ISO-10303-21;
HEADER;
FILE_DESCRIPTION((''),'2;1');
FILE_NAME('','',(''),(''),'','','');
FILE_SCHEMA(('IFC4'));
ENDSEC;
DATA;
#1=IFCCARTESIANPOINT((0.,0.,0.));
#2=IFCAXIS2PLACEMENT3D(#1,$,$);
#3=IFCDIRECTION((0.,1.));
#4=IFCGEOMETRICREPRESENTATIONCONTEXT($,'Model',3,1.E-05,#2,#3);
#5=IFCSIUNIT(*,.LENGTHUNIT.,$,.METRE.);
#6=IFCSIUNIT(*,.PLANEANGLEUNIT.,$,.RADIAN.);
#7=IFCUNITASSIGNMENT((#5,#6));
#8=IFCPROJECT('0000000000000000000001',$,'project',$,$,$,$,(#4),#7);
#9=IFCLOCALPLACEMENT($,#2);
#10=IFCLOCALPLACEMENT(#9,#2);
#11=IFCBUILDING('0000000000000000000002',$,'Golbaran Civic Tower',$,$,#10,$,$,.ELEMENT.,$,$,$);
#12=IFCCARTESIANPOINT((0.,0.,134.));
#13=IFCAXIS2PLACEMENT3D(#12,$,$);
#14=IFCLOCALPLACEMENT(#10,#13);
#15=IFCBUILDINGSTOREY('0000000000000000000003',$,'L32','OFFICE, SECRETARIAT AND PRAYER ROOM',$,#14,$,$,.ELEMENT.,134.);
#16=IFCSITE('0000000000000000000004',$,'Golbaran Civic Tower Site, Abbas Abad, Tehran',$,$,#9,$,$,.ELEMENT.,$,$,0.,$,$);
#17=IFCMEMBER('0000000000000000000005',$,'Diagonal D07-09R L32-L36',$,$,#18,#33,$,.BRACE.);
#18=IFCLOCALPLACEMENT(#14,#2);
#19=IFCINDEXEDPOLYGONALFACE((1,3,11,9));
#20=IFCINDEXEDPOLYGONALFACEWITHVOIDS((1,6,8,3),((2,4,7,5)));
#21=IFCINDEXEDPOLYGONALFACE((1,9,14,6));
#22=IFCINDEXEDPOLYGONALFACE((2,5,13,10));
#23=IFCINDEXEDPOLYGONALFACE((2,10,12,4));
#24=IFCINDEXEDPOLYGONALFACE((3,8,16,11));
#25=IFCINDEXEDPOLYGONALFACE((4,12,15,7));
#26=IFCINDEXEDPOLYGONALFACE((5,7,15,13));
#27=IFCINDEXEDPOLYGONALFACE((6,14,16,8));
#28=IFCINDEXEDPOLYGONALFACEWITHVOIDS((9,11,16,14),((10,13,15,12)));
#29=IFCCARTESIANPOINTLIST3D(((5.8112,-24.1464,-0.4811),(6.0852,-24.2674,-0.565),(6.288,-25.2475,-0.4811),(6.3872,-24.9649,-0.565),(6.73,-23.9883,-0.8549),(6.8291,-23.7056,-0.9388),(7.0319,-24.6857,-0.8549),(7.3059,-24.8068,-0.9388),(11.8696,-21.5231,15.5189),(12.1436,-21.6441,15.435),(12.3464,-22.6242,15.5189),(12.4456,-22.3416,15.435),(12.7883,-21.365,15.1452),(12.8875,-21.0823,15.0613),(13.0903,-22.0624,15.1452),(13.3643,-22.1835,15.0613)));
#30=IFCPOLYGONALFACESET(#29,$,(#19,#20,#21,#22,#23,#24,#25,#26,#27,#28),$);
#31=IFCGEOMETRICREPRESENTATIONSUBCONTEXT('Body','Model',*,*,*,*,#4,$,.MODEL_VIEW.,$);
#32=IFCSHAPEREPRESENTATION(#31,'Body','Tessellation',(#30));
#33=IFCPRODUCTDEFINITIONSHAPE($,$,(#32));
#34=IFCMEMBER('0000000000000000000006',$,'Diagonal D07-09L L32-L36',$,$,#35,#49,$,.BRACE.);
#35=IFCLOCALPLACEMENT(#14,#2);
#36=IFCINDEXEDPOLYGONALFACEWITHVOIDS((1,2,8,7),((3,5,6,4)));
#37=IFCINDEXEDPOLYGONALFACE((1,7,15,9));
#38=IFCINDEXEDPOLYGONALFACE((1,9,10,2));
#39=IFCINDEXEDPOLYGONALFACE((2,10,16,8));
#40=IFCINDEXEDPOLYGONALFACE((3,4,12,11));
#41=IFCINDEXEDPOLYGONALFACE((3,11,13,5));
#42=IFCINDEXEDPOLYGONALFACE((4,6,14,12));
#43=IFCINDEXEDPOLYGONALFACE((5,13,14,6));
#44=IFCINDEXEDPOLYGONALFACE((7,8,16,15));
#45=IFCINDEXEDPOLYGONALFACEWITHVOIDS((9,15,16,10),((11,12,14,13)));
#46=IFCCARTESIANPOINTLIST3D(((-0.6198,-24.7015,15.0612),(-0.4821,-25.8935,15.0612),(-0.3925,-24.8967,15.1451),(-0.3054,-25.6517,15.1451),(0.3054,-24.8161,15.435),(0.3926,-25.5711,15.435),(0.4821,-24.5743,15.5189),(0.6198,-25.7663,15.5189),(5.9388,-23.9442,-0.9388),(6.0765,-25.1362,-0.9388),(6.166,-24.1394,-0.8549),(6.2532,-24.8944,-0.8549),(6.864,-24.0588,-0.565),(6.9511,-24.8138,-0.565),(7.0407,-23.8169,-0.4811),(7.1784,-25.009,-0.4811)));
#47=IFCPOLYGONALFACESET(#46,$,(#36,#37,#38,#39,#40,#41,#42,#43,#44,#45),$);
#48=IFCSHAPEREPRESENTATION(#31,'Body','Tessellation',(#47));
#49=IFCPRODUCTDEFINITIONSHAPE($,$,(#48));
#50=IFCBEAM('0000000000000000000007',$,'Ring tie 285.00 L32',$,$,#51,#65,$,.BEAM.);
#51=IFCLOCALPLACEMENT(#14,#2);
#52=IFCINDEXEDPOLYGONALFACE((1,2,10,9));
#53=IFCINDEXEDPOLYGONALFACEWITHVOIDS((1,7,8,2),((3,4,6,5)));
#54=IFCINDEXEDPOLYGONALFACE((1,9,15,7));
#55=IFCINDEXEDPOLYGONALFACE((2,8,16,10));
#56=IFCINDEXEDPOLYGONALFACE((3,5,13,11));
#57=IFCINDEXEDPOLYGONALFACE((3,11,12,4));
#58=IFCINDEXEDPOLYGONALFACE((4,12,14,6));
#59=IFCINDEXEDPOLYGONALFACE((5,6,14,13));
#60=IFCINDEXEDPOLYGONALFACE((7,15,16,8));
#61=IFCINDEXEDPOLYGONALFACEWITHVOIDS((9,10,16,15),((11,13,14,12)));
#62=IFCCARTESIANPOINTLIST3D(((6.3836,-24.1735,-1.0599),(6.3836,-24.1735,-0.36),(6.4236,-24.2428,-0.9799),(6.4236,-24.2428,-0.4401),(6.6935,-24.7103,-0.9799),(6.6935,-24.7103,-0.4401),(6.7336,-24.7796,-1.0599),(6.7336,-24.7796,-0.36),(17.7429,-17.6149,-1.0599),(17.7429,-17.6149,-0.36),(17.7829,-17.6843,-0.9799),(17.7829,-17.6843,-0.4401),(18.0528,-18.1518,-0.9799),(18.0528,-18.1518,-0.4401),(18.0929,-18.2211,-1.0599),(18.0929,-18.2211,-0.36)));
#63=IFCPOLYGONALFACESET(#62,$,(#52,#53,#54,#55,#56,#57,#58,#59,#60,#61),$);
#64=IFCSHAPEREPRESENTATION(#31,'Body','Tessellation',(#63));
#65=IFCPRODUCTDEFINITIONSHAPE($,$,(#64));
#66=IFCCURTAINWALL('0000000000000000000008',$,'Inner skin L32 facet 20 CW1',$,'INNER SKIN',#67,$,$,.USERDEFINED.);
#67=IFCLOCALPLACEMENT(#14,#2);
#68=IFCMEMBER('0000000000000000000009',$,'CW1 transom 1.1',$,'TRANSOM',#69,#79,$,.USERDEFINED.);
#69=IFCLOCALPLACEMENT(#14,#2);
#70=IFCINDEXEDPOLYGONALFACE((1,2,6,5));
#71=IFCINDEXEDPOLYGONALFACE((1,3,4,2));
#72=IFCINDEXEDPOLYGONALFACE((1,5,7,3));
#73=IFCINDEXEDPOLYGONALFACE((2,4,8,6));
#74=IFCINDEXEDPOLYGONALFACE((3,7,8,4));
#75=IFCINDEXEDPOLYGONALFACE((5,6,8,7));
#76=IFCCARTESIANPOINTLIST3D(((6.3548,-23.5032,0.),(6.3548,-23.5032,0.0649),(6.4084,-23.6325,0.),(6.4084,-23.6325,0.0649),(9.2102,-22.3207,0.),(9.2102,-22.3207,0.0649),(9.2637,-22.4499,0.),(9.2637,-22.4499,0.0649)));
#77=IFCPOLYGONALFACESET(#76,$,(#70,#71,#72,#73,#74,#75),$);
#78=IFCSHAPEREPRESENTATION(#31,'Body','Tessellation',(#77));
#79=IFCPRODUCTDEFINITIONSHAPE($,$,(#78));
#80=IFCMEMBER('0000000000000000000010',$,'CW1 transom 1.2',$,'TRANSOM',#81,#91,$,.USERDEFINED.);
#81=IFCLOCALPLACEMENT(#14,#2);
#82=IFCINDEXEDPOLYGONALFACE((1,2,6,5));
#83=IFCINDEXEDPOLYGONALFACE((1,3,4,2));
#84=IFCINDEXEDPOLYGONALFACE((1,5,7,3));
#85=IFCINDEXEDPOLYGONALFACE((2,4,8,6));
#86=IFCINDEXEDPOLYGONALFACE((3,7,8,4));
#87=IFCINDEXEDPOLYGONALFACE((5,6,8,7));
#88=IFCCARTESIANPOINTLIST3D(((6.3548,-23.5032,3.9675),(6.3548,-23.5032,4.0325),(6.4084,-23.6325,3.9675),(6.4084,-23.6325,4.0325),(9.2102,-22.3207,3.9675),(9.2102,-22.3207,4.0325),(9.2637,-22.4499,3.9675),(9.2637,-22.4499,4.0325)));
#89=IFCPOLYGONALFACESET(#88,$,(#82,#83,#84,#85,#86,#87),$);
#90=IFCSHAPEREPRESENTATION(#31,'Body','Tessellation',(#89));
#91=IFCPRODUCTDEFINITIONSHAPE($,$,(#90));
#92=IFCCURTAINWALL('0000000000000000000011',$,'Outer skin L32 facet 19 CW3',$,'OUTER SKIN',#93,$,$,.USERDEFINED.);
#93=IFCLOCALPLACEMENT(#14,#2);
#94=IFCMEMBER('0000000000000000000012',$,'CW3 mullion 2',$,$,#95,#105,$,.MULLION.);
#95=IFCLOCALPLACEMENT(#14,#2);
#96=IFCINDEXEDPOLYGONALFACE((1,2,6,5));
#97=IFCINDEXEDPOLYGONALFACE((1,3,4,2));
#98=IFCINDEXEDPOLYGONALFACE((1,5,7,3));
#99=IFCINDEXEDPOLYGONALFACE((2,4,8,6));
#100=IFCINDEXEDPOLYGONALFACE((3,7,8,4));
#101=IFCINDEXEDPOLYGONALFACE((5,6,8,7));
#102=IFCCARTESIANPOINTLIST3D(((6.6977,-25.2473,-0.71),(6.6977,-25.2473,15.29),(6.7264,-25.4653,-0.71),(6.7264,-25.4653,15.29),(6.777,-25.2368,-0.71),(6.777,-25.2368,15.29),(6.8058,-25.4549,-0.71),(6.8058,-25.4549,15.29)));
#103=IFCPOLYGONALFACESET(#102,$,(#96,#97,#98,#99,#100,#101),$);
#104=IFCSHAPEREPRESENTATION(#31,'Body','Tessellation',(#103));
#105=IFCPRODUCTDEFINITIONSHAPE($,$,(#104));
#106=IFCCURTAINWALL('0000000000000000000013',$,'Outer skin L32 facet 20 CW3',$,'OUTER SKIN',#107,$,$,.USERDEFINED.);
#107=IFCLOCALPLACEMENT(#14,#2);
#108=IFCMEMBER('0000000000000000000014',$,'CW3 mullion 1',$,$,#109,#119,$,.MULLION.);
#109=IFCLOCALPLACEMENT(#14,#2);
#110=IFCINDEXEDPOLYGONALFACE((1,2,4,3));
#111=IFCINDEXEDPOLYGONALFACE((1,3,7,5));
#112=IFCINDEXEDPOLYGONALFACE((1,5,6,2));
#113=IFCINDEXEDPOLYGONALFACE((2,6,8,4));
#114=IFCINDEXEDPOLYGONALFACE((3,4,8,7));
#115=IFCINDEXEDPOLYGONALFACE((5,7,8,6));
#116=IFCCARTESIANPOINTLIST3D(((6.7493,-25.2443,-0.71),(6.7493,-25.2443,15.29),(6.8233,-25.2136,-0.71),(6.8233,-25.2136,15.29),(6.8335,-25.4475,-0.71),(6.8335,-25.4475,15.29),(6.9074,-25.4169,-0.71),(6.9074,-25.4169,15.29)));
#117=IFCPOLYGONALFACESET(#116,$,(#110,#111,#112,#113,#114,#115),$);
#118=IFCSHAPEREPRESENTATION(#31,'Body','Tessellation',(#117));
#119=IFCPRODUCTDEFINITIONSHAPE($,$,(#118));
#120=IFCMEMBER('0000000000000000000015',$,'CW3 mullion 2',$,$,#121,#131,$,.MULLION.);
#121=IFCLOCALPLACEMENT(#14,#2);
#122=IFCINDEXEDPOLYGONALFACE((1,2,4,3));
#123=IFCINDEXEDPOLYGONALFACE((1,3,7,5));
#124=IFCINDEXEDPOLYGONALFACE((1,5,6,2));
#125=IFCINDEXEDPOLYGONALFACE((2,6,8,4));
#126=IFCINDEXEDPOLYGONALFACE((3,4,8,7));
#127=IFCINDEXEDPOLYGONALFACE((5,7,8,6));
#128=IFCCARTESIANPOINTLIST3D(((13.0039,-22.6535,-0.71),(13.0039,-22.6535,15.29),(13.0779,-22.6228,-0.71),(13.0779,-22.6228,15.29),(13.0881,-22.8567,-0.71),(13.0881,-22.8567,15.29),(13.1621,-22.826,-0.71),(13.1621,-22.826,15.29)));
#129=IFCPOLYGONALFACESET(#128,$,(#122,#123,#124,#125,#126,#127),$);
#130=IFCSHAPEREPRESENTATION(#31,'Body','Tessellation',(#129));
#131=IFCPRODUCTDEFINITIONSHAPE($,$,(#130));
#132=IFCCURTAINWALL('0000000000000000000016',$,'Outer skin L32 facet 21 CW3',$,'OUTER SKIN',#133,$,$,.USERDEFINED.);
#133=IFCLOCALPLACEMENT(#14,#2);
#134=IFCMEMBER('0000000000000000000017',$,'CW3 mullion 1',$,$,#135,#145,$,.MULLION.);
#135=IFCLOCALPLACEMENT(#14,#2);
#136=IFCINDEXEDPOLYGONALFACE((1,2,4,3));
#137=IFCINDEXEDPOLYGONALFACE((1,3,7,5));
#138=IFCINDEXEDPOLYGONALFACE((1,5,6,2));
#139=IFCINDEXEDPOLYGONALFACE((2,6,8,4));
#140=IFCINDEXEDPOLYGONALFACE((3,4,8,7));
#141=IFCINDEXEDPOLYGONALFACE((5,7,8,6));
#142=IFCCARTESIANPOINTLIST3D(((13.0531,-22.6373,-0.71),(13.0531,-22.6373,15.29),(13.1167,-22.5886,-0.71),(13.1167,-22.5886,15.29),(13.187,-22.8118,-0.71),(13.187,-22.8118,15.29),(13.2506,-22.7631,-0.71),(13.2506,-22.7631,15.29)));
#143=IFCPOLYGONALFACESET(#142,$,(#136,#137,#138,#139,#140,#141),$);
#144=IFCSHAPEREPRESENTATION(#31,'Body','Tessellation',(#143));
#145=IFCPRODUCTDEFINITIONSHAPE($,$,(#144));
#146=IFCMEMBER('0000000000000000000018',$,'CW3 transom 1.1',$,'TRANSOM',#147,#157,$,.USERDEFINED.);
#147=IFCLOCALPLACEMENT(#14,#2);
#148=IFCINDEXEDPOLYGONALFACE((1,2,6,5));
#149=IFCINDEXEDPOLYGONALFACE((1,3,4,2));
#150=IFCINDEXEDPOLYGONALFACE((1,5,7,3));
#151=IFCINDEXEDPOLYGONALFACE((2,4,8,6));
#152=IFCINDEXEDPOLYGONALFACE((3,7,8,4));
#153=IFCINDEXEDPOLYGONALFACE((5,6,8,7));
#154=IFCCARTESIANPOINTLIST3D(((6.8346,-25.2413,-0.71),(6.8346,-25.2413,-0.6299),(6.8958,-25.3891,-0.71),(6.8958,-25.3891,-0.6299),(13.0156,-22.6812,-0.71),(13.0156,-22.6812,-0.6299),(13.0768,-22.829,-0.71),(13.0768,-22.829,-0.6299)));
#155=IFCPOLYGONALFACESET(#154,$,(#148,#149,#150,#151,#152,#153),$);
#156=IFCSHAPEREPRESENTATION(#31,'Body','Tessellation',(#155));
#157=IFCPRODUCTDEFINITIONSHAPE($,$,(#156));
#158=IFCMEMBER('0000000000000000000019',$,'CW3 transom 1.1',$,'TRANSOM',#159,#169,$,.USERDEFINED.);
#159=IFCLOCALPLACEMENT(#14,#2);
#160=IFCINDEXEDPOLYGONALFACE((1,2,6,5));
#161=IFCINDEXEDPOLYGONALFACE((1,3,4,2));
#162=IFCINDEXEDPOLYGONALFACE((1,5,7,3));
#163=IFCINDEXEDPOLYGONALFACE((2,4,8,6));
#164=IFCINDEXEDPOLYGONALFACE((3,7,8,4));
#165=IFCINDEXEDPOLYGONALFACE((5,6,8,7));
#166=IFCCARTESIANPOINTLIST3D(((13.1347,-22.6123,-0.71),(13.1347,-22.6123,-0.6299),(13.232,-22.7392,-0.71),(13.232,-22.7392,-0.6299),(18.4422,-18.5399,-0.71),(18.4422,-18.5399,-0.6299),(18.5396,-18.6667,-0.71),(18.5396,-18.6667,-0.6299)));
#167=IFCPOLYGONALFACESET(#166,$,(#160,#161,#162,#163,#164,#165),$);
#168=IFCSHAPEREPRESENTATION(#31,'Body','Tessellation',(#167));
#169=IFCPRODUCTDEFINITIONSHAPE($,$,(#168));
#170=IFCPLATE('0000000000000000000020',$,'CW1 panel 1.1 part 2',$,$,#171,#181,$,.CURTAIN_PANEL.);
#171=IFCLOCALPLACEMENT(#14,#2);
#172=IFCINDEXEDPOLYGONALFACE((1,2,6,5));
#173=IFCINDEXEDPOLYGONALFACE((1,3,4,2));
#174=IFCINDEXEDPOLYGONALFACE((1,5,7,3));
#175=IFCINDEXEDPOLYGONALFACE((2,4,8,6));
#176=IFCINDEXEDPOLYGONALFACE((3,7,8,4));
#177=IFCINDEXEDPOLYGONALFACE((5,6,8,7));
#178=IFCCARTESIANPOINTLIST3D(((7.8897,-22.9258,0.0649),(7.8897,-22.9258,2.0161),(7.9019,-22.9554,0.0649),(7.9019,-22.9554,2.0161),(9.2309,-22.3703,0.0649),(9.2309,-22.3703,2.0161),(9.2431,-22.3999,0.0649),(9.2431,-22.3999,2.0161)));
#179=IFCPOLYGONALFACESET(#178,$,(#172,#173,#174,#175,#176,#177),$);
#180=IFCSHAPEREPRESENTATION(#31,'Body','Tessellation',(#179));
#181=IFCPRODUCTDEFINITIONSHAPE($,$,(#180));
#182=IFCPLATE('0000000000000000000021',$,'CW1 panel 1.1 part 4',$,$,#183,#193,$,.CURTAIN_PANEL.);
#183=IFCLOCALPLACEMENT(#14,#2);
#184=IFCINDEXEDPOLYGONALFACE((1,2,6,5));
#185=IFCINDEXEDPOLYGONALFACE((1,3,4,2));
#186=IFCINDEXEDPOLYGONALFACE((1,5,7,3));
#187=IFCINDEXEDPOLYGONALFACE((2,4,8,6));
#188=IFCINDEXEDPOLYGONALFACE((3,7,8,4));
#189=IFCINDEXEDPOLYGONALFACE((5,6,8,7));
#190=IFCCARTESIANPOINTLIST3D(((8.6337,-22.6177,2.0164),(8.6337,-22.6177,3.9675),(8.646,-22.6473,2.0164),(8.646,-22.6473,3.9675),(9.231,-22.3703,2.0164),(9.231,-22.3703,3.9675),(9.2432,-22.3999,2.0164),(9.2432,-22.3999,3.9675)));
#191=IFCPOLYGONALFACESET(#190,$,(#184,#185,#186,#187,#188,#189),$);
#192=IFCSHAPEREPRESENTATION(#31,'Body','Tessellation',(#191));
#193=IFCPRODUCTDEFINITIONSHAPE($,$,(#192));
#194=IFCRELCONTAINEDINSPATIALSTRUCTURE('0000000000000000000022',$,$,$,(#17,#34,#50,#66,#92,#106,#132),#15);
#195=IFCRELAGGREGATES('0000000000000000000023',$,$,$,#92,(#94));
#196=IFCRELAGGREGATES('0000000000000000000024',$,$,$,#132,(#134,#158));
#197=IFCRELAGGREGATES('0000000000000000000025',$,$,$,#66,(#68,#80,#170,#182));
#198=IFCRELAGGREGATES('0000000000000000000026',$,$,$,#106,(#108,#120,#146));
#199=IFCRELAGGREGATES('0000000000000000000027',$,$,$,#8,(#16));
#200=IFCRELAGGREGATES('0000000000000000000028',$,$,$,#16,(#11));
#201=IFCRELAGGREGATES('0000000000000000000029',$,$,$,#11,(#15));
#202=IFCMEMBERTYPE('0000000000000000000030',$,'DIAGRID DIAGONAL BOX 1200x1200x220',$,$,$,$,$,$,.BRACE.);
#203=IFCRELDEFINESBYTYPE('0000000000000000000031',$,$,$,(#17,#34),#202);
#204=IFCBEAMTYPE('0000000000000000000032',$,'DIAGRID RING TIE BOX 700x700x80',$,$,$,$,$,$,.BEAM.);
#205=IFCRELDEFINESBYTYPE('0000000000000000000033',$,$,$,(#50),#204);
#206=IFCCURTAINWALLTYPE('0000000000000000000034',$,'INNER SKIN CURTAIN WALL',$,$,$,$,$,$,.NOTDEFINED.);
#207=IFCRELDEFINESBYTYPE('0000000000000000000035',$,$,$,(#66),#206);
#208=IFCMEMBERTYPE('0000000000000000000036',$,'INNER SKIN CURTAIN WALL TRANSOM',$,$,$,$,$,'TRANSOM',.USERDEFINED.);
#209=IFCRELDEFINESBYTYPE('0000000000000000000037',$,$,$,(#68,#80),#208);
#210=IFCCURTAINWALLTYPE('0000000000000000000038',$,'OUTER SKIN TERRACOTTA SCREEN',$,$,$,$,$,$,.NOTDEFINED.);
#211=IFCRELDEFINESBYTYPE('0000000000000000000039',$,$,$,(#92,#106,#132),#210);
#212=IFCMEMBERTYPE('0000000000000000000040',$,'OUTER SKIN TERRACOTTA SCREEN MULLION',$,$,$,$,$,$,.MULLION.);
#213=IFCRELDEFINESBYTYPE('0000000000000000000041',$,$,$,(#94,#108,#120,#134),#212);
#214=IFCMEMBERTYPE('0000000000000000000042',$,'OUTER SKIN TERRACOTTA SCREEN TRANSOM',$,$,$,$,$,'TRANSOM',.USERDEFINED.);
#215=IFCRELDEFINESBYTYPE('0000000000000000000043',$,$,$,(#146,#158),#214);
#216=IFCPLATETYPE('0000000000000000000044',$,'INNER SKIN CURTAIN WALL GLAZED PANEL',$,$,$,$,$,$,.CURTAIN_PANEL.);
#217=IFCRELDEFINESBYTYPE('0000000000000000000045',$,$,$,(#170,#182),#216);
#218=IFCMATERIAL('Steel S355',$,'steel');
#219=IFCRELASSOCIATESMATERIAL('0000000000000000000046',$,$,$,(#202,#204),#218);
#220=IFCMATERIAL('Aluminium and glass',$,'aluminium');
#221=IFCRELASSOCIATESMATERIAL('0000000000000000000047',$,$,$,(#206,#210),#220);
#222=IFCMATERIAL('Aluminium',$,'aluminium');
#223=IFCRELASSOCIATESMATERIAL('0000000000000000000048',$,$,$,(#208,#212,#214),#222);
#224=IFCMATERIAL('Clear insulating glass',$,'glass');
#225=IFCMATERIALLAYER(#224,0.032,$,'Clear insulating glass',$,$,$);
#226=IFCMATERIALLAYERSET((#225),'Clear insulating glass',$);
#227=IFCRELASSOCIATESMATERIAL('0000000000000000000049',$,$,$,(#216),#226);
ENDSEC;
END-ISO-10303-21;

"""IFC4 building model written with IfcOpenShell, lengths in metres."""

from ifc_helpers import new_model, si_unit, direction, frame, origin, origin_2d, place, context, subcontext, project, spatial, rectangle, hollow_rectangle, extrude, material, layer, layer_set, material_profile, profile_set, type_object, element, aggregate, save


model = new_model("IFC4")

# Units and contexts
model_context = context("Model", 3, precision=1e-05, world=origin(), true_north=direction((0.0, 1.0)))
body_context = subcontext(model_context, "Body", "Model", "MODEL_VIEW")
ifc_project = project(units=[si_unit("LENGTHUNIT", "METRE"), si_unit("PLANEANGLEUNIT", "RADIAN")], contexts=[model_context])

# Site, building, storey
site_placement = place(None, origin())
site = spatial("IfcSite", under=ifc_project, at=site_placement, Name="Golbaran Civic Tower Site, Abbas Abad, Tehran", CompositionType="ELEMENT", RefElevation=0.0)
building_placement = place(site_placement, origin())
building = spatial("IfcBuilding", under=site, at=building_placement, Name="Golbaran Civic Tower", CompositionType="ELEMENT")
storey_placement = place(building_placement, frame((0.0, 0.0, 134.0)))
storey = spatial("IfcBuildingStorey", under=building, at=storey_placement, Name="L32", Description="OFFICE, SECRETARIAT AND PRAYER ROOM", CompositionType="ELEMENT", Elevation=134.0)

# Members
ifc_material_1 = material(Name="Steel S355", Category="steel")
ifc_material_profile_1 = material_profile(ifc_material_1, hollow_rectangle(XDim=1.2, YDim=1.2, WallThickness=0.22, at=origin_2d()), Name="BOX 1200x1200x220")
ifc_profile_set_1 = profile_set([ifc_material_profile_1], Name="Steel S355")
member_type_1 = type_object("IfcMemberType", Name="DIAGRID DIAGONAL BOX 1200x1200x220", PredefinedType="BRACE", material=ifc_profile_set_1)
for number, where, z_axis, x_axis, name in (
    (1, (6.5586, -24.4766, -0.71), (0.350021, 0.151561, 0.9244), (-0.397353, 0.917666, 0.0), "Diagonal D07-09R L32-L36"),
    (2, (6.5586, -24.4766, -0.71), (-0.37892, -0.043754, 0.924394), (0.114708, -0.993399, 0.0), "Diagonal D07-09L L32-L36"),
):
    element("IfcMember", number, at=place(storey_placement, frame(where, z_axis=z_axis, x_axis=x_axis)), inside=storey, type_object=member_type_1, Name=name, PredefinedType="BRACE", context=body_context, shape_type="SweptSolid", body=[
        extrude(hollow_rectangle(XDim=1.2, YDim=1.2, WallThickness=0.22, at=origin_2d()), origin(), (0.0, 0.0, 1.0), 17.3086),
    ])

# Beam
ifc_material_profile_2 = material_profile(ifc_material_1, hollow_rectangle(XDim=0.7, YDim=0.7, WallThickness=0.0801, at=origin_2d()), Name="BOX 700x700x80")
ifc_profile_set_2 = profile_set([ifc_material_profile_2], Name="Steel S355")
beam_type = type_object("IfcBeamType", Name="DIAGRID RING TIE BOX 700x700x80", PredefinedType="BEAM", material=ifc_profile_set_2)
beam_placement = place(storey_placement, frame((6.5586, -24.4766, -0.71), z_axis=(0.866017, 0.500015, 0.0), x_axis=(-0.500015, 0.866017, 0.0)))
element("IfcBeam", 3, at=beam_placement, inside=storey, type_object=beam_type, Name="Ring tie 285.00 L32", PredefinedType="BEAM", context=body_context, shape_type="SweptSolid", body=[
    extrude(hollow_rectangle(XDim=0.7, YDim=0.7, WallThickness=0.0801, at=origin_2d()), origin(), (0.0, 0.0, 1.0), 13.1167),
])

# Curtain wall, members
ifc_material_2 = material(Name="Aluminium and glass", Category="aluminium")
curtain_wall_type_1 = type_object("IfcCurtainWallType", Name="INNER SKIN CURTAIN WALL", PredefinedType="NOTDEFINED", material=ifc_material_2)
curtain_wall_1_placement = place(storey_placement, origin())
curtain_wall_1 = element("IfcCurtainWall", 4, at=curtain_wall_1_placement, inside=storey, type_object=curtain_wall_type_1, Name="Inner skin L32 facet 20 CW1", ObjectType="INNER SKIN", PredefinedType="USERDEFINED")
ifc_material_3 = material(Name="Aluminium", Category="aluminium")
ifc_material_profile_3 = material_profile(ifc_material_3, rectangle(XDim=0.1399, YDim=0.0649, at=origin_2d()), Name="INNER SKIN CURTAIN WALL TRANSOM")
ifc_profile_set_3 = profile_set([ifc_material_profile_3], Name="Aluminium")
member_type_2 = type_object("IfcMemberType", Name="INNER SKIN CURTAIN WALL TRANSOM", ElementType="TRANSOM", PredefinedType="USERDEFINED", material=ifc_profile_set_3)
member_1_placement = place(storey_placement, frame((6.3816, -23.5679, 0.0325), z_axis=(0.923897, 0.38264, 0.0), x_axis=(-0.38264, 0.923897, 0.0)))
member_1 = element("IfcMember", 5, at=member_1_placement, type_object=member_type_2, Name="CW1 transom 1.1", ObjectType="TRANSOM", PredefinedType="USERDEFINED", context=body_context, shape_type="SweptSolid", body=[
    extrude(rectangle(XDim=0.1399, YDim=0.0649, at=origin_2d()), origin(), (0.0, 0.0, 1.0), 3.0906),
])
member_2_placement = place(storey_placement, frame((6.3816, -23.5679, 4.0), z_axis=(0.923897, 0.38264, 0.0), x_axis=(-0.38264, 0.923897, 0.0)))
member_2 = element("IfcMember", 6, at=member_2_placement, type_object=member_type_2, Name="CW1 transom 1.2", ObjectType="TRANSOM", PredefinedType="USERDEFINED", context=body_context, shape_type="SweptSolid", body=[
    extrude(rectangle(XDim=0.1399, YDim=0.0649, at=origin_2d()), origin(), (0.0, 0.0, 1.0), 3.0906),
])

# Curtain wall, member
curtain_wall_type_2 = type_object("IfcCurtainWallType", Name="OUTER SKIN TERRACOTTA SCREEN", PredefinedType="NOTDEFINED", material=ifc_material_2)
curtain_wall_2_placement = place(storey_placement, origin())
curtain_wall_2 = element("IfcCurtainWall", 7, at=curtain_wall_2_placement, inside=storey, type_object=curtain_wall_type_2, Name="Outer skin L32 facet 19 CW3", ObjectType="OUTER SKIN", PredefinedType="USERDEFINED")
ifc_material_profile_4 = material_profile(ifc_material_3, rectangle(XDim=0.22, YDim=0.0801, at=origin_2d()), Name="OUTER SKIN TERRACOTTA SCREEN MULLION")
ifc_profile_set_4 = profile_set([ifc_material_profile_4], Name="Aluminium")
member_type_3 = type_object("IfcMemberType", Name="OUTER SKIN TERRACOTTA SCREEN MULLION", PredefinedType="MULLION", material=ifc_profile_set_4)
member_3_placement = place(storey_placement, frame((6.7517, -25.3511, -0.71), z_axis=(0.0, 0.0, 1.0), x_axis=(-0.130526, 0.991445, 0.0)))
member_3 = element("IfcMember", 8, at=member_3_placement, type_object=member_type_3, Name="CW3 mullion 2", PredefinedType="MULLION", context=body_context, shape_type="SweptSolid", body=[
    extrude(rectangle(XDim=0.22, YDim=0.0801, at=origin_2d()), origin(), (0.0, 0.0, 1.0), 16.0),
])
aggregate(curtain_wall_2, [member_3])

# Curtain wall, members
curtain_wall_3_placement = place(storey_placement, origin())
curtain_wall_3 = element("IfcCurtainWall", 9, at=curtain_wall_3_placement, inside=storey, type_object=curtain_wall_type_2, Name="Outer skin L32 facet 20 CW3", ObjectType="OUTER SKIN", PredefinedType="USERDEFINED")
member_4_placement = place(storey_placement, frame((6.8284, -25.3306, -0.71), z_axis=(0.0, 0.0, 1.0), x_axis=(-0.382683, 0.92388, 0.0)))
member_4 = element("IfcMember", 10, at=member_4_placement, type_object=member_type_3, Name="CW3 mullion 1", PredefinedType="MULLION", context=body_context, shape_type="SweptSolid", body=[
    extrude(rectangle(XDim=0.22, YDim=0.0801, at=origin_2d()), origin(), (0.0, 0.0, 1.0), 16.0),
])
member_5_placement = place(storey_placement, frame((13.083, -22.7397, -0.71), z_axis=(0.0, 0.0, 1.0), x_axis=(-0.382683, 0.92388, 0.0)))
member_5 = element("IfcMember", 11, at=member_5_placement, type_object=member_type_3, Name="CW3 mullion 2", PredefinedType="MULLION", context=body_context, shape_type="SweptSolid", body=[
    extrude(rectangle(XDim=0.22, YDim=0.0801, at=origin_2d()), origin(), (0.0, 0.0, 1.0), 16.0),
])

# Curtain wall, member
curtain_wall_4_placement = place(storey_placement, origin())
curtain_wall_4 = element("IfcCurtainWall", 12, at=curtain_wall_4_placement, inside=storey, type_object=curtain_wall_type_2, Name="Outer skin L32 facet 21 CW3", ObjectType="OUTER SKIN", PredefinedType="USERDEFINED")
member_6_placement = place(storey_placement, frame((13.1519, -22.7002, -0.71), z_axis=(0.0, 0.0, 1.0), x_axis=(-0.608761, 0.793353, 0.0)))
member_6 = element("IfcMember", 13, at=member_6_placement, type_object=member_type_3, Name="CW3 mullion 1", PredefinedType="MULLION", context=body_context, shape_type="SweptSolid", body=[
    extrude(rectangle(XDim=0.22, YDim=0.0801, at=origin_2d()), origin(), (0.0, 0.0, 1.0), 16.0),
])

# Members
ifc_material_profile_5 = material_profile(ifc_material_3, rectangle(XDim=0.1599, YDim=0.0801, at=origin_2d()), Name="OUTER SKIN TERRACOTTA SCREEN TRANSOM")
ifc_profile_set_5 = profile_set([ifc_material_profile_5], Name="Aluminium")
member_type_4 = type_object("IfcMemberType", Name="OUTER SKIN TERRACOTTA SCREEN TRANSOM", ElementType="TRANSOM", PredefinedType="USERDEFINED", material=ifc_profile_set_5)
member_7_placement = place(storey_placement, frame((6.8652, -25.3152, -0.6699), z_axis=(0.923888, 0.382663, 0.0), x_axis=(-0.382663, 0.923888, 0.0)))
member_7 = element("IfcMember", 14, at=member_7_placement, type_object=member_type_4, Name="CW3 transom 1.1", ObjectType="TRANSOM", PredefinedType="USERDEFINED", context=body_context, shape_type="SweptSolid", body=[
    extrude(rectangle(XDim=0.1599, YDim=0.0801, at=origin_2d()), origin(), (0.0, 0.0, 1.0), 6.6902),
])
member_8_placement = place(storey_placement, frame((13.1833, -22.6758, -0.6699), z_axis=(0.793365, 0.608746, 0.0), x_axis=(-0.608746, 0.793365, 0.0)))
member_8 = element("IfcMember", 15, at=member_8_placement, type_object=member_type_4, Name="CW3 transom 1.1", ObjectType="TRANSOM", PredefinedType="USERDEFINED", context=body_context, shape_type="SweptSolid", body=[
    extrude(rectangle(XDim=0.1599, YDim=0.0801, at=origin_2d()), origin(), (0.0, 0.0, 1.0), 6.6899),
])
aggregate(curtain_wall_4, [member_6, member_8])

# Plates
ifc_material_4 = material(Name="Clear insulating glass", Category="glass")
ifc_layer_1 = layer(ifc_material_4, 0.032, Name="Clear insulating glass")
ifc_layer_set_1 = layer_set([ifc_layer_1], Name="Clear insulating glass")
plate_type_1 = type_object("IfcPlateType", Name="INNER SKIN CURTAIN WALL GLAZED PANEL", PredefinedType="CURTAIN_PANEL", material=ifc_layer_set_1)
plate_1_placement = place(storey_placement, frame((8.5664, -22.6628, 0.0649), z_axis=(0.0, 0.0, 1.0), x_axis=(0.92388, 0.382683, 0.0)))
plate_1 = element("IfcPlate", 16, at=plate_1_placement, type_object=plate_type_1, Name="CW1 panel 1.1 part 2", PredefinedType="CURTAIN_PANEL", context=body_context, shape_type="SweptSolid", body=[
    extrude(rectangle(XDim=1.4517, YDim=0.032, at=origin_2d()), origin(), (0.0, 0.0, 1.0), 1.9512),
])
plate_2_placement = place(storey_placement, frame((8.9385, -22.5088, 2.0164), z_axis=(0.0, 0.0, 1.0), x_axis=(0.92388, 0.382683, 0.0)))
plate_2 = element("IfcPlate", 17, at=plate_2_placement, type_object=plate_type_1, Name="CW1 panel 1.1 part 4", PredefinedType="CURTAIN_PANEL", context=body_context, shape_type="SweptSolid", body=[
    extrude(rectangle(XDim=0.6465, YDim=0.032, at=origin_2d()), origin(), (0.0, 0.0, 1.0), 1.9512),
])
aggregate(curtain_wall_1, [member_1, member_2, plate_1, plate_2])
aggregate(curtain_wall_3, [member_4, member_5, member_7])

save(model, "model.ifc")
